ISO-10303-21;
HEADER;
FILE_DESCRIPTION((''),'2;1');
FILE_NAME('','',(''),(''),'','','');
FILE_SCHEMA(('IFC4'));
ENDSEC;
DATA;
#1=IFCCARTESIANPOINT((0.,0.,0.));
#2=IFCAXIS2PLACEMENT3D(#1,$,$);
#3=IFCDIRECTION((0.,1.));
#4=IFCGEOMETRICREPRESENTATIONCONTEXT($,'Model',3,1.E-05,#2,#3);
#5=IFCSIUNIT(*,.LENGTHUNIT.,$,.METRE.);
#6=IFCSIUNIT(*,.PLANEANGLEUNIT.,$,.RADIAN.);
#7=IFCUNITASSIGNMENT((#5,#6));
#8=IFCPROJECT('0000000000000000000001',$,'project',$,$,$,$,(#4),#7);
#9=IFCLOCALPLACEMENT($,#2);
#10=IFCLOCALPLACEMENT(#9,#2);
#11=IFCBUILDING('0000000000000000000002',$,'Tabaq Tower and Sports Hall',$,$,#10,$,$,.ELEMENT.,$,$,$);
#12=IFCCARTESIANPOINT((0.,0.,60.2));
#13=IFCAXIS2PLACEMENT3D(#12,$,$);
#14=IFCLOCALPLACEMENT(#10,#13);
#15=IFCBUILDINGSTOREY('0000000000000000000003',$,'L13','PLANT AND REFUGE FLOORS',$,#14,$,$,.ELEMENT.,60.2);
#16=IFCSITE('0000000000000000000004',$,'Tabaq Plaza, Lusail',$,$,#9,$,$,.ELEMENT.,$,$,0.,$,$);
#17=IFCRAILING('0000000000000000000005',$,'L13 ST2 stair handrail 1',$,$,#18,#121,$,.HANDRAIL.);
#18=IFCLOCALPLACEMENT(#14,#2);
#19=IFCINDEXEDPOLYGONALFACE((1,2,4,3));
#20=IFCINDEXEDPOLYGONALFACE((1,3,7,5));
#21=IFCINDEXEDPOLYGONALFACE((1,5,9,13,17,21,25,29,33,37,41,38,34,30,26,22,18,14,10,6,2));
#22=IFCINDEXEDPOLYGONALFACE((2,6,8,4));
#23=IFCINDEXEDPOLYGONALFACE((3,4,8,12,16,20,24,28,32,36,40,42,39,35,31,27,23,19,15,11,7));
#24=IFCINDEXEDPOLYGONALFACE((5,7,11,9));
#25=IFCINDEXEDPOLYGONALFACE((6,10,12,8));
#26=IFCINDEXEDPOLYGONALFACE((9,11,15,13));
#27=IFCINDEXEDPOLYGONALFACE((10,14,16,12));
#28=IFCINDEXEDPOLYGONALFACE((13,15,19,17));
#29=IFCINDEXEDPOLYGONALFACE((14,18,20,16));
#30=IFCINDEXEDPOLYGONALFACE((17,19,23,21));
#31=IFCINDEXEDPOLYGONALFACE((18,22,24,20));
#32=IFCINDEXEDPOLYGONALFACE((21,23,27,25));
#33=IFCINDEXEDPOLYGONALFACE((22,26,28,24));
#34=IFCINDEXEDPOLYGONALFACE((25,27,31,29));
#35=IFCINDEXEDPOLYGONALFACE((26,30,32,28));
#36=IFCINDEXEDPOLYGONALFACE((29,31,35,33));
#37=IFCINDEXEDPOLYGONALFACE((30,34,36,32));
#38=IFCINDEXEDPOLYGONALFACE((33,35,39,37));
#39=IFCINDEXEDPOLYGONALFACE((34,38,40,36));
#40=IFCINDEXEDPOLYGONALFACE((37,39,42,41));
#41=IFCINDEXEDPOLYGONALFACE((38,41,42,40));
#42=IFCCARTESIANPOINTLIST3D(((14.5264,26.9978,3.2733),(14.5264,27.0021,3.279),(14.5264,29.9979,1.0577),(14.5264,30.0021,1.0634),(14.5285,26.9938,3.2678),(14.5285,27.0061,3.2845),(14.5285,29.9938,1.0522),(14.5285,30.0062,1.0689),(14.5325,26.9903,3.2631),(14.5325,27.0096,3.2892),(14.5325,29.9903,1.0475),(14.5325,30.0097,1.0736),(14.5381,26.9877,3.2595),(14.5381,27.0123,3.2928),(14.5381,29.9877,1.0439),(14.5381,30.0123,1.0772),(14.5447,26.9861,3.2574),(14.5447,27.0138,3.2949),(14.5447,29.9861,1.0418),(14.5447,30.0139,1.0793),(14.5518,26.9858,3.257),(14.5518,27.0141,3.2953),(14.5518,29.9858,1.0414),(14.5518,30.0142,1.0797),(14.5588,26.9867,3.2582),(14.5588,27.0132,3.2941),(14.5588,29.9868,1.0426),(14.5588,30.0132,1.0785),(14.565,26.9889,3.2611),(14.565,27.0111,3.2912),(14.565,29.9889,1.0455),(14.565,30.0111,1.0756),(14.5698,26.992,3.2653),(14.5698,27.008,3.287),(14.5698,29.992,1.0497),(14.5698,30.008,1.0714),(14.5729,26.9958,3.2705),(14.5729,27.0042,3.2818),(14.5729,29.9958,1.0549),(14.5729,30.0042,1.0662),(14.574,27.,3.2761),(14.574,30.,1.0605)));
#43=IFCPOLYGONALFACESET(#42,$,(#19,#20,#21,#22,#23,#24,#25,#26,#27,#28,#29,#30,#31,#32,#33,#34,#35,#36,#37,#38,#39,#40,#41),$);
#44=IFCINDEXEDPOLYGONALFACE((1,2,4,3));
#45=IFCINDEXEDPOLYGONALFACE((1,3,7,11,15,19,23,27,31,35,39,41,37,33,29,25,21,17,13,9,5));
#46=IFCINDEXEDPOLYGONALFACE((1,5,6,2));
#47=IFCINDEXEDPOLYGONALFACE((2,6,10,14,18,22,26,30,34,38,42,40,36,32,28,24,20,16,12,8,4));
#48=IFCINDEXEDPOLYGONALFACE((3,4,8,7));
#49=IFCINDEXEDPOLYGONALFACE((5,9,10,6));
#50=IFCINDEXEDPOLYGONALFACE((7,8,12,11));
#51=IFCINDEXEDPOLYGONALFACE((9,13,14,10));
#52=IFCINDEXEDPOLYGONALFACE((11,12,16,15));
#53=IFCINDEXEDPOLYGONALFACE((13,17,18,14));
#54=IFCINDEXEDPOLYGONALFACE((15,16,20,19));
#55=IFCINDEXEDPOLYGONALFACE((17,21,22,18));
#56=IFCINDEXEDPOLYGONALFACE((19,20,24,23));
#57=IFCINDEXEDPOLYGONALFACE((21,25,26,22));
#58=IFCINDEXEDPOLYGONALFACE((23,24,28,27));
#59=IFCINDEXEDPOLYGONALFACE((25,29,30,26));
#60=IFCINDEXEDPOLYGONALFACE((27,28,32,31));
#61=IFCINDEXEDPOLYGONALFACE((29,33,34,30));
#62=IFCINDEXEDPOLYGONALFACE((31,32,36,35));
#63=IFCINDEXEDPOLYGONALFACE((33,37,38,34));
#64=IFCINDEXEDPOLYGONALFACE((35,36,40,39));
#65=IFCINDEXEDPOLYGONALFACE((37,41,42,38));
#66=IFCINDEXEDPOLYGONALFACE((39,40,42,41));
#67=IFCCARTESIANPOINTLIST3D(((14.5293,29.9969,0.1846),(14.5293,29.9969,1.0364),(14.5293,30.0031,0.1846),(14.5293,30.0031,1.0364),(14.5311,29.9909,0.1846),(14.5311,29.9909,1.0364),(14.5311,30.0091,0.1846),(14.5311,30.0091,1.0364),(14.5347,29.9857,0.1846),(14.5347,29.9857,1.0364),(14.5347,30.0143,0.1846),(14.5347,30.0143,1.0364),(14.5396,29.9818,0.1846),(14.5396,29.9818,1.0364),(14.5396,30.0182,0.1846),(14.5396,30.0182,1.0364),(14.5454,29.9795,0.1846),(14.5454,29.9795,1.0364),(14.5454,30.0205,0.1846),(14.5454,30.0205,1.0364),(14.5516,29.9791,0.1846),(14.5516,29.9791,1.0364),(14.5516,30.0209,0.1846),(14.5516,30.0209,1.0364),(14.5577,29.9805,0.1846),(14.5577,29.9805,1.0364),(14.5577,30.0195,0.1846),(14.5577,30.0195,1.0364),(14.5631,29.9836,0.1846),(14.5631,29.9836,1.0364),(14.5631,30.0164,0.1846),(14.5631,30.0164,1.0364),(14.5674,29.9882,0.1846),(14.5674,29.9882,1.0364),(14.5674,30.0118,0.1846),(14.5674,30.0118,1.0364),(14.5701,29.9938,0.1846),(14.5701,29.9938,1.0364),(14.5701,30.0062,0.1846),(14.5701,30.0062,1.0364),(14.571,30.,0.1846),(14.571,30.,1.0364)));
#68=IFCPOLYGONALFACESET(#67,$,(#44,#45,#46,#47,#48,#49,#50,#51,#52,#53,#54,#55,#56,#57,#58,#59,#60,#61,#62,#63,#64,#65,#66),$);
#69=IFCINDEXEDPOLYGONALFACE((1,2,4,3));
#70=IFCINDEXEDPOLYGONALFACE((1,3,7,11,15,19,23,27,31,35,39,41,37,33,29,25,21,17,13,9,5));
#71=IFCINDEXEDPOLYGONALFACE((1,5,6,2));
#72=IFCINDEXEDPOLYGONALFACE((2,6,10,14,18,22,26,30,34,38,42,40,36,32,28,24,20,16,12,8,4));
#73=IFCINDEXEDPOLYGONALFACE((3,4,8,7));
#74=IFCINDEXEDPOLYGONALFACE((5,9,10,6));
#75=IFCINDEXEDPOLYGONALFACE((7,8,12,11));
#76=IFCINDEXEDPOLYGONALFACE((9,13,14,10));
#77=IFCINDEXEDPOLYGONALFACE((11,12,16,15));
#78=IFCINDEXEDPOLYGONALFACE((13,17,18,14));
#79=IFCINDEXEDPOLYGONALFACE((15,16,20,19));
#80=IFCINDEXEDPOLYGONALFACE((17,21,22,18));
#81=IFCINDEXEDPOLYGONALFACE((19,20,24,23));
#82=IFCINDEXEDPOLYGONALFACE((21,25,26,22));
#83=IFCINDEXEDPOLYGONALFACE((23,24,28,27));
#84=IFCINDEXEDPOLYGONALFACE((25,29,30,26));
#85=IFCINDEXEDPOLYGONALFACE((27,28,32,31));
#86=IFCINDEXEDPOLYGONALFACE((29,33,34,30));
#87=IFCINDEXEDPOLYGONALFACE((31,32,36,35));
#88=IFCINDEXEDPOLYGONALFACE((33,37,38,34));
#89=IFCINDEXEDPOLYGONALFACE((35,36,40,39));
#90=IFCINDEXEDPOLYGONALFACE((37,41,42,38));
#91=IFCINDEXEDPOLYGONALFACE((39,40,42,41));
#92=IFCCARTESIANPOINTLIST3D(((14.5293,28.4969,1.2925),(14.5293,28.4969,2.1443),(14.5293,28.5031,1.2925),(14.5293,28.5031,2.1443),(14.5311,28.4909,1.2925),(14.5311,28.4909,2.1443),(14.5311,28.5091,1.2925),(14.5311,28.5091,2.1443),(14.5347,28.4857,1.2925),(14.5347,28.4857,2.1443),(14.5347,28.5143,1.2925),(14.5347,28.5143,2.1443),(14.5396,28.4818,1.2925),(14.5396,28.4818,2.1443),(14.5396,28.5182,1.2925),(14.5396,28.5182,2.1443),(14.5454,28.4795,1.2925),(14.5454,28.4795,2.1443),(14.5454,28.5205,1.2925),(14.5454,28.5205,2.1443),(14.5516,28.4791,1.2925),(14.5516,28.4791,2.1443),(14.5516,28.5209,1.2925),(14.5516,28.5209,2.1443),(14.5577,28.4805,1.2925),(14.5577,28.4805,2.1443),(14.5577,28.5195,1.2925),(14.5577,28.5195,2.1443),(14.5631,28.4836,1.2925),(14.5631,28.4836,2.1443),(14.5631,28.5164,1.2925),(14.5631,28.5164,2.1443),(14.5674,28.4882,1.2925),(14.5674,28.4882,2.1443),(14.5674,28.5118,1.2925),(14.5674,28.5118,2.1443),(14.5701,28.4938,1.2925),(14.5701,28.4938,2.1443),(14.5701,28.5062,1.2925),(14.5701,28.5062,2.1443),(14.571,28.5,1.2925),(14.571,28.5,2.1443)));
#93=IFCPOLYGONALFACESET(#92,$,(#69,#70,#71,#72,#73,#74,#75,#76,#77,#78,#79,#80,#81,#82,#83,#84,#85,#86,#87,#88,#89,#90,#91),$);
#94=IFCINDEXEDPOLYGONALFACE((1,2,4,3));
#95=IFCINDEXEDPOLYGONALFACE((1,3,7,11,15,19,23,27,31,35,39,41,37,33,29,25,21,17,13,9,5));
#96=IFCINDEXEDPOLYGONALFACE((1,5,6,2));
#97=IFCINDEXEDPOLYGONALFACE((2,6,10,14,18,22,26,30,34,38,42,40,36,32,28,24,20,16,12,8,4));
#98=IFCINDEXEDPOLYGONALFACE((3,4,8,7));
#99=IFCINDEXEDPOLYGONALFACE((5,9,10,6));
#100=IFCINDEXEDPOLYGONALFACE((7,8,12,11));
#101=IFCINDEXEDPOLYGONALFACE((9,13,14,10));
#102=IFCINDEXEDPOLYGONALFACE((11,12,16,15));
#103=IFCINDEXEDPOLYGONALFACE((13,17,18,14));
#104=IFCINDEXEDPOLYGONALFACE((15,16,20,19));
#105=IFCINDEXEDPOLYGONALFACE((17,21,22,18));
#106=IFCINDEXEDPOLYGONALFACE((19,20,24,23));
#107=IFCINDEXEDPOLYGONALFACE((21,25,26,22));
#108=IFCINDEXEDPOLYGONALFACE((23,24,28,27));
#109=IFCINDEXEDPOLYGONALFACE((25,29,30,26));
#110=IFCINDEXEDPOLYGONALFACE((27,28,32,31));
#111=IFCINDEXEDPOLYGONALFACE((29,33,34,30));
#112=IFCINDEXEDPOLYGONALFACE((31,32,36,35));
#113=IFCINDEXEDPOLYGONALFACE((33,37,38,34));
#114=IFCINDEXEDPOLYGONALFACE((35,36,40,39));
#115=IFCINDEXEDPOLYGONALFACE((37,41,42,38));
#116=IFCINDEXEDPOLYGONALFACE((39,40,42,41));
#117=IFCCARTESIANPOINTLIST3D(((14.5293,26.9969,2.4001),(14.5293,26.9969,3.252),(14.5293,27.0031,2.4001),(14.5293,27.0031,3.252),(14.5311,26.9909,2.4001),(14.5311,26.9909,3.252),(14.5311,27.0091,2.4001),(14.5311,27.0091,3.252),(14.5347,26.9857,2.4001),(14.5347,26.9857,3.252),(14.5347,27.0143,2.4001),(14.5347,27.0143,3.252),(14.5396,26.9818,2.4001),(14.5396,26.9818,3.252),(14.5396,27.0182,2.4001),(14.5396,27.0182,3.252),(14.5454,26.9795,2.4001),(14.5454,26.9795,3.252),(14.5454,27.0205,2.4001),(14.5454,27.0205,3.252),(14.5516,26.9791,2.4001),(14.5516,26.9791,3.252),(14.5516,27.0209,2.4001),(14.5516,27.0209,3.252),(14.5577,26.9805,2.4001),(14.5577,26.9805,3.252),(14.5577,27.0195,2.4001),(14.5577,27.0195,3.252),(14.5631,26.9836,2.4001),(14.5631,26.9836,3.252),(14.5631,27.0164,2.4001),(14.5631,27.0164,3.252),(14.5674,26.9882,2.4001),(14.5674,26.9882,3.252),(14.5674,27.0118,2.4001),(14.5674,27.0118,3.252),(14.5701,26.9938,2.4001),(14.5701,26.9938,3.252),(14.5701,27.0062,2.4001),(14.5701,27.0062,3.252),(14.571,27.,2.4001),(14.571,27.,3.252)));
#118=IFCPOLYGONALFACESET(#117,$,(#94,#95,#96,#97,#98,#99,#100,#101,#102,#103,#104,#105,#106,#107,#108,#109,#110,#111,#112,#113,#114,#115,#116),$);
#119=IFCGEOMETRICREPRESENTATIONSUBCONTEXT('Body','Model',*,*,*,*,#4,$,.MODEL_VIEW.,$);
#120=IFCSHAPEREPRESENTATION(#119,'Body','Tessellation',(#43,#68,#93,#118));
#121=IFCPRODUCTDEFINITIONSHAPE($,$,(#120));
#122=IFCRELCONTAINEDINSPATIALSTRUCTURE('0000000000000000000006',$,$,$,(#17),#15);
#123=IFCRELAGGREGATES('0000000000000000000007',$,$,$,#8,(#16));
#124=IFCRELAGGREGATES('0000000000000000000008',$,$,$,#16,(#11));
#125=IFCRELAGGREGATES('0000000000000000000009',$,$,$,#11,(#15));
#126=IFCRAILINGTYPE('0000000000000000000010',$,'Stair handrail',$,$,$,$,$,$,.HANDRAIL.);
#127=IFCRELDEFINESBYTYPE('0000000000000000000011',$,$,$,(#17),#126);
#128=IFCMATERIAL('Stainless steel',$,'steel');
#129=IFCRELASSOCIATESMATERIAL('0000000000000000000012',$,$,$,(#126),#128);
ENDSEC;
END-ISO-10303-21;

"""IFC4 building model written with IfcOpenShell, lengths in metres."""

from ifc_helpers import new_model, si_unit, direction, frame, origin, origin_2d, place, context, subcontext, project, spatial, circle, extrude, material, type_object, element, save


model = new_model("IFC4")

# Units and contexts
model_context = context("Model", 3, precision=1e-05, world=origin(), true_north=direction((0.0, 1.0)))
body_context = subcontext(model_context, "Body", "Model", "MODEL_VIEW")
ifc_project = project(units=[si_unit("LENGTHUNIT", "METRE"), si_unit("PLANEANGLEUNIT", "RADIAN")], contexts=[model_context])

# Site, building, storey
site_placement = place(None, origin())
site = spatial("IfcSite", under=ifc_project, at=site_placement, Name="Tabaq Plaza, Lusail", CompositionType="ELEMENT", RefElevation=0.0)
building_placement = place(site_placement, origin())
building = spatial("IfcBuilding", under=site, at=building_placement, Name="Tabaq Tower and Sports Hall", CompositionType="ELEMENT")
storey_placement = place(building_placement, frame((0.0, 0.0, 60.2)))
storey = spatial("IfcBuildingStorey", under=building, at=storey_placement, Name="L13", Description="PLANT AND REFUGE FLOORS", CompositionType="ELEMENT", Elevation=60.2)

# Railing
ifc_material_1 = material(Name="Stainless steel", Category="steel")
railing_type_1 = type_object("IfcRailingType", Name="Stair handrail", PredefinedType="HANDRAIL", material=ifc_material_1)
railing_1_placement = place(storey_placement, frame((14.55, 30.0, 0.1846)))
element("IfcRailing", 1, at=railing_1_placement, inside=storey, type_object=railing_type_1, Name="L13 ST2 stair handrail 1", PredefinedType="HANDRAIL", context=body_context, shape_type="SweptSolid", body=[
    extrude(circle(Radius=0.0239, at=origin_2d()), frame((0.0, 0.0, 0.876), z_axis=(0.0, -0.804409, 0.594076), x_axis=(1.0, 0.0, 0.0)), (0.0, 0.0, 1.0), 3.7295),
    extrude(circle(Radius=0.021, at=origin_2d()), origin(), (0.0, 0.0, 1.0), 0.8518),
    extrude(circle(Radius=0.021, at=origin_2d()), frame((0.0, -1.5, 1.1079)), (0.0, 0.0, 1.0), 0.8518),
    extrude(circle(Radius=0.021, at=origin_2d()), frame((0.0, -3.0, 2.2156)), (0.0, 0.0, 1.0), 0.8518),
])

save(model, "model.ifc")
